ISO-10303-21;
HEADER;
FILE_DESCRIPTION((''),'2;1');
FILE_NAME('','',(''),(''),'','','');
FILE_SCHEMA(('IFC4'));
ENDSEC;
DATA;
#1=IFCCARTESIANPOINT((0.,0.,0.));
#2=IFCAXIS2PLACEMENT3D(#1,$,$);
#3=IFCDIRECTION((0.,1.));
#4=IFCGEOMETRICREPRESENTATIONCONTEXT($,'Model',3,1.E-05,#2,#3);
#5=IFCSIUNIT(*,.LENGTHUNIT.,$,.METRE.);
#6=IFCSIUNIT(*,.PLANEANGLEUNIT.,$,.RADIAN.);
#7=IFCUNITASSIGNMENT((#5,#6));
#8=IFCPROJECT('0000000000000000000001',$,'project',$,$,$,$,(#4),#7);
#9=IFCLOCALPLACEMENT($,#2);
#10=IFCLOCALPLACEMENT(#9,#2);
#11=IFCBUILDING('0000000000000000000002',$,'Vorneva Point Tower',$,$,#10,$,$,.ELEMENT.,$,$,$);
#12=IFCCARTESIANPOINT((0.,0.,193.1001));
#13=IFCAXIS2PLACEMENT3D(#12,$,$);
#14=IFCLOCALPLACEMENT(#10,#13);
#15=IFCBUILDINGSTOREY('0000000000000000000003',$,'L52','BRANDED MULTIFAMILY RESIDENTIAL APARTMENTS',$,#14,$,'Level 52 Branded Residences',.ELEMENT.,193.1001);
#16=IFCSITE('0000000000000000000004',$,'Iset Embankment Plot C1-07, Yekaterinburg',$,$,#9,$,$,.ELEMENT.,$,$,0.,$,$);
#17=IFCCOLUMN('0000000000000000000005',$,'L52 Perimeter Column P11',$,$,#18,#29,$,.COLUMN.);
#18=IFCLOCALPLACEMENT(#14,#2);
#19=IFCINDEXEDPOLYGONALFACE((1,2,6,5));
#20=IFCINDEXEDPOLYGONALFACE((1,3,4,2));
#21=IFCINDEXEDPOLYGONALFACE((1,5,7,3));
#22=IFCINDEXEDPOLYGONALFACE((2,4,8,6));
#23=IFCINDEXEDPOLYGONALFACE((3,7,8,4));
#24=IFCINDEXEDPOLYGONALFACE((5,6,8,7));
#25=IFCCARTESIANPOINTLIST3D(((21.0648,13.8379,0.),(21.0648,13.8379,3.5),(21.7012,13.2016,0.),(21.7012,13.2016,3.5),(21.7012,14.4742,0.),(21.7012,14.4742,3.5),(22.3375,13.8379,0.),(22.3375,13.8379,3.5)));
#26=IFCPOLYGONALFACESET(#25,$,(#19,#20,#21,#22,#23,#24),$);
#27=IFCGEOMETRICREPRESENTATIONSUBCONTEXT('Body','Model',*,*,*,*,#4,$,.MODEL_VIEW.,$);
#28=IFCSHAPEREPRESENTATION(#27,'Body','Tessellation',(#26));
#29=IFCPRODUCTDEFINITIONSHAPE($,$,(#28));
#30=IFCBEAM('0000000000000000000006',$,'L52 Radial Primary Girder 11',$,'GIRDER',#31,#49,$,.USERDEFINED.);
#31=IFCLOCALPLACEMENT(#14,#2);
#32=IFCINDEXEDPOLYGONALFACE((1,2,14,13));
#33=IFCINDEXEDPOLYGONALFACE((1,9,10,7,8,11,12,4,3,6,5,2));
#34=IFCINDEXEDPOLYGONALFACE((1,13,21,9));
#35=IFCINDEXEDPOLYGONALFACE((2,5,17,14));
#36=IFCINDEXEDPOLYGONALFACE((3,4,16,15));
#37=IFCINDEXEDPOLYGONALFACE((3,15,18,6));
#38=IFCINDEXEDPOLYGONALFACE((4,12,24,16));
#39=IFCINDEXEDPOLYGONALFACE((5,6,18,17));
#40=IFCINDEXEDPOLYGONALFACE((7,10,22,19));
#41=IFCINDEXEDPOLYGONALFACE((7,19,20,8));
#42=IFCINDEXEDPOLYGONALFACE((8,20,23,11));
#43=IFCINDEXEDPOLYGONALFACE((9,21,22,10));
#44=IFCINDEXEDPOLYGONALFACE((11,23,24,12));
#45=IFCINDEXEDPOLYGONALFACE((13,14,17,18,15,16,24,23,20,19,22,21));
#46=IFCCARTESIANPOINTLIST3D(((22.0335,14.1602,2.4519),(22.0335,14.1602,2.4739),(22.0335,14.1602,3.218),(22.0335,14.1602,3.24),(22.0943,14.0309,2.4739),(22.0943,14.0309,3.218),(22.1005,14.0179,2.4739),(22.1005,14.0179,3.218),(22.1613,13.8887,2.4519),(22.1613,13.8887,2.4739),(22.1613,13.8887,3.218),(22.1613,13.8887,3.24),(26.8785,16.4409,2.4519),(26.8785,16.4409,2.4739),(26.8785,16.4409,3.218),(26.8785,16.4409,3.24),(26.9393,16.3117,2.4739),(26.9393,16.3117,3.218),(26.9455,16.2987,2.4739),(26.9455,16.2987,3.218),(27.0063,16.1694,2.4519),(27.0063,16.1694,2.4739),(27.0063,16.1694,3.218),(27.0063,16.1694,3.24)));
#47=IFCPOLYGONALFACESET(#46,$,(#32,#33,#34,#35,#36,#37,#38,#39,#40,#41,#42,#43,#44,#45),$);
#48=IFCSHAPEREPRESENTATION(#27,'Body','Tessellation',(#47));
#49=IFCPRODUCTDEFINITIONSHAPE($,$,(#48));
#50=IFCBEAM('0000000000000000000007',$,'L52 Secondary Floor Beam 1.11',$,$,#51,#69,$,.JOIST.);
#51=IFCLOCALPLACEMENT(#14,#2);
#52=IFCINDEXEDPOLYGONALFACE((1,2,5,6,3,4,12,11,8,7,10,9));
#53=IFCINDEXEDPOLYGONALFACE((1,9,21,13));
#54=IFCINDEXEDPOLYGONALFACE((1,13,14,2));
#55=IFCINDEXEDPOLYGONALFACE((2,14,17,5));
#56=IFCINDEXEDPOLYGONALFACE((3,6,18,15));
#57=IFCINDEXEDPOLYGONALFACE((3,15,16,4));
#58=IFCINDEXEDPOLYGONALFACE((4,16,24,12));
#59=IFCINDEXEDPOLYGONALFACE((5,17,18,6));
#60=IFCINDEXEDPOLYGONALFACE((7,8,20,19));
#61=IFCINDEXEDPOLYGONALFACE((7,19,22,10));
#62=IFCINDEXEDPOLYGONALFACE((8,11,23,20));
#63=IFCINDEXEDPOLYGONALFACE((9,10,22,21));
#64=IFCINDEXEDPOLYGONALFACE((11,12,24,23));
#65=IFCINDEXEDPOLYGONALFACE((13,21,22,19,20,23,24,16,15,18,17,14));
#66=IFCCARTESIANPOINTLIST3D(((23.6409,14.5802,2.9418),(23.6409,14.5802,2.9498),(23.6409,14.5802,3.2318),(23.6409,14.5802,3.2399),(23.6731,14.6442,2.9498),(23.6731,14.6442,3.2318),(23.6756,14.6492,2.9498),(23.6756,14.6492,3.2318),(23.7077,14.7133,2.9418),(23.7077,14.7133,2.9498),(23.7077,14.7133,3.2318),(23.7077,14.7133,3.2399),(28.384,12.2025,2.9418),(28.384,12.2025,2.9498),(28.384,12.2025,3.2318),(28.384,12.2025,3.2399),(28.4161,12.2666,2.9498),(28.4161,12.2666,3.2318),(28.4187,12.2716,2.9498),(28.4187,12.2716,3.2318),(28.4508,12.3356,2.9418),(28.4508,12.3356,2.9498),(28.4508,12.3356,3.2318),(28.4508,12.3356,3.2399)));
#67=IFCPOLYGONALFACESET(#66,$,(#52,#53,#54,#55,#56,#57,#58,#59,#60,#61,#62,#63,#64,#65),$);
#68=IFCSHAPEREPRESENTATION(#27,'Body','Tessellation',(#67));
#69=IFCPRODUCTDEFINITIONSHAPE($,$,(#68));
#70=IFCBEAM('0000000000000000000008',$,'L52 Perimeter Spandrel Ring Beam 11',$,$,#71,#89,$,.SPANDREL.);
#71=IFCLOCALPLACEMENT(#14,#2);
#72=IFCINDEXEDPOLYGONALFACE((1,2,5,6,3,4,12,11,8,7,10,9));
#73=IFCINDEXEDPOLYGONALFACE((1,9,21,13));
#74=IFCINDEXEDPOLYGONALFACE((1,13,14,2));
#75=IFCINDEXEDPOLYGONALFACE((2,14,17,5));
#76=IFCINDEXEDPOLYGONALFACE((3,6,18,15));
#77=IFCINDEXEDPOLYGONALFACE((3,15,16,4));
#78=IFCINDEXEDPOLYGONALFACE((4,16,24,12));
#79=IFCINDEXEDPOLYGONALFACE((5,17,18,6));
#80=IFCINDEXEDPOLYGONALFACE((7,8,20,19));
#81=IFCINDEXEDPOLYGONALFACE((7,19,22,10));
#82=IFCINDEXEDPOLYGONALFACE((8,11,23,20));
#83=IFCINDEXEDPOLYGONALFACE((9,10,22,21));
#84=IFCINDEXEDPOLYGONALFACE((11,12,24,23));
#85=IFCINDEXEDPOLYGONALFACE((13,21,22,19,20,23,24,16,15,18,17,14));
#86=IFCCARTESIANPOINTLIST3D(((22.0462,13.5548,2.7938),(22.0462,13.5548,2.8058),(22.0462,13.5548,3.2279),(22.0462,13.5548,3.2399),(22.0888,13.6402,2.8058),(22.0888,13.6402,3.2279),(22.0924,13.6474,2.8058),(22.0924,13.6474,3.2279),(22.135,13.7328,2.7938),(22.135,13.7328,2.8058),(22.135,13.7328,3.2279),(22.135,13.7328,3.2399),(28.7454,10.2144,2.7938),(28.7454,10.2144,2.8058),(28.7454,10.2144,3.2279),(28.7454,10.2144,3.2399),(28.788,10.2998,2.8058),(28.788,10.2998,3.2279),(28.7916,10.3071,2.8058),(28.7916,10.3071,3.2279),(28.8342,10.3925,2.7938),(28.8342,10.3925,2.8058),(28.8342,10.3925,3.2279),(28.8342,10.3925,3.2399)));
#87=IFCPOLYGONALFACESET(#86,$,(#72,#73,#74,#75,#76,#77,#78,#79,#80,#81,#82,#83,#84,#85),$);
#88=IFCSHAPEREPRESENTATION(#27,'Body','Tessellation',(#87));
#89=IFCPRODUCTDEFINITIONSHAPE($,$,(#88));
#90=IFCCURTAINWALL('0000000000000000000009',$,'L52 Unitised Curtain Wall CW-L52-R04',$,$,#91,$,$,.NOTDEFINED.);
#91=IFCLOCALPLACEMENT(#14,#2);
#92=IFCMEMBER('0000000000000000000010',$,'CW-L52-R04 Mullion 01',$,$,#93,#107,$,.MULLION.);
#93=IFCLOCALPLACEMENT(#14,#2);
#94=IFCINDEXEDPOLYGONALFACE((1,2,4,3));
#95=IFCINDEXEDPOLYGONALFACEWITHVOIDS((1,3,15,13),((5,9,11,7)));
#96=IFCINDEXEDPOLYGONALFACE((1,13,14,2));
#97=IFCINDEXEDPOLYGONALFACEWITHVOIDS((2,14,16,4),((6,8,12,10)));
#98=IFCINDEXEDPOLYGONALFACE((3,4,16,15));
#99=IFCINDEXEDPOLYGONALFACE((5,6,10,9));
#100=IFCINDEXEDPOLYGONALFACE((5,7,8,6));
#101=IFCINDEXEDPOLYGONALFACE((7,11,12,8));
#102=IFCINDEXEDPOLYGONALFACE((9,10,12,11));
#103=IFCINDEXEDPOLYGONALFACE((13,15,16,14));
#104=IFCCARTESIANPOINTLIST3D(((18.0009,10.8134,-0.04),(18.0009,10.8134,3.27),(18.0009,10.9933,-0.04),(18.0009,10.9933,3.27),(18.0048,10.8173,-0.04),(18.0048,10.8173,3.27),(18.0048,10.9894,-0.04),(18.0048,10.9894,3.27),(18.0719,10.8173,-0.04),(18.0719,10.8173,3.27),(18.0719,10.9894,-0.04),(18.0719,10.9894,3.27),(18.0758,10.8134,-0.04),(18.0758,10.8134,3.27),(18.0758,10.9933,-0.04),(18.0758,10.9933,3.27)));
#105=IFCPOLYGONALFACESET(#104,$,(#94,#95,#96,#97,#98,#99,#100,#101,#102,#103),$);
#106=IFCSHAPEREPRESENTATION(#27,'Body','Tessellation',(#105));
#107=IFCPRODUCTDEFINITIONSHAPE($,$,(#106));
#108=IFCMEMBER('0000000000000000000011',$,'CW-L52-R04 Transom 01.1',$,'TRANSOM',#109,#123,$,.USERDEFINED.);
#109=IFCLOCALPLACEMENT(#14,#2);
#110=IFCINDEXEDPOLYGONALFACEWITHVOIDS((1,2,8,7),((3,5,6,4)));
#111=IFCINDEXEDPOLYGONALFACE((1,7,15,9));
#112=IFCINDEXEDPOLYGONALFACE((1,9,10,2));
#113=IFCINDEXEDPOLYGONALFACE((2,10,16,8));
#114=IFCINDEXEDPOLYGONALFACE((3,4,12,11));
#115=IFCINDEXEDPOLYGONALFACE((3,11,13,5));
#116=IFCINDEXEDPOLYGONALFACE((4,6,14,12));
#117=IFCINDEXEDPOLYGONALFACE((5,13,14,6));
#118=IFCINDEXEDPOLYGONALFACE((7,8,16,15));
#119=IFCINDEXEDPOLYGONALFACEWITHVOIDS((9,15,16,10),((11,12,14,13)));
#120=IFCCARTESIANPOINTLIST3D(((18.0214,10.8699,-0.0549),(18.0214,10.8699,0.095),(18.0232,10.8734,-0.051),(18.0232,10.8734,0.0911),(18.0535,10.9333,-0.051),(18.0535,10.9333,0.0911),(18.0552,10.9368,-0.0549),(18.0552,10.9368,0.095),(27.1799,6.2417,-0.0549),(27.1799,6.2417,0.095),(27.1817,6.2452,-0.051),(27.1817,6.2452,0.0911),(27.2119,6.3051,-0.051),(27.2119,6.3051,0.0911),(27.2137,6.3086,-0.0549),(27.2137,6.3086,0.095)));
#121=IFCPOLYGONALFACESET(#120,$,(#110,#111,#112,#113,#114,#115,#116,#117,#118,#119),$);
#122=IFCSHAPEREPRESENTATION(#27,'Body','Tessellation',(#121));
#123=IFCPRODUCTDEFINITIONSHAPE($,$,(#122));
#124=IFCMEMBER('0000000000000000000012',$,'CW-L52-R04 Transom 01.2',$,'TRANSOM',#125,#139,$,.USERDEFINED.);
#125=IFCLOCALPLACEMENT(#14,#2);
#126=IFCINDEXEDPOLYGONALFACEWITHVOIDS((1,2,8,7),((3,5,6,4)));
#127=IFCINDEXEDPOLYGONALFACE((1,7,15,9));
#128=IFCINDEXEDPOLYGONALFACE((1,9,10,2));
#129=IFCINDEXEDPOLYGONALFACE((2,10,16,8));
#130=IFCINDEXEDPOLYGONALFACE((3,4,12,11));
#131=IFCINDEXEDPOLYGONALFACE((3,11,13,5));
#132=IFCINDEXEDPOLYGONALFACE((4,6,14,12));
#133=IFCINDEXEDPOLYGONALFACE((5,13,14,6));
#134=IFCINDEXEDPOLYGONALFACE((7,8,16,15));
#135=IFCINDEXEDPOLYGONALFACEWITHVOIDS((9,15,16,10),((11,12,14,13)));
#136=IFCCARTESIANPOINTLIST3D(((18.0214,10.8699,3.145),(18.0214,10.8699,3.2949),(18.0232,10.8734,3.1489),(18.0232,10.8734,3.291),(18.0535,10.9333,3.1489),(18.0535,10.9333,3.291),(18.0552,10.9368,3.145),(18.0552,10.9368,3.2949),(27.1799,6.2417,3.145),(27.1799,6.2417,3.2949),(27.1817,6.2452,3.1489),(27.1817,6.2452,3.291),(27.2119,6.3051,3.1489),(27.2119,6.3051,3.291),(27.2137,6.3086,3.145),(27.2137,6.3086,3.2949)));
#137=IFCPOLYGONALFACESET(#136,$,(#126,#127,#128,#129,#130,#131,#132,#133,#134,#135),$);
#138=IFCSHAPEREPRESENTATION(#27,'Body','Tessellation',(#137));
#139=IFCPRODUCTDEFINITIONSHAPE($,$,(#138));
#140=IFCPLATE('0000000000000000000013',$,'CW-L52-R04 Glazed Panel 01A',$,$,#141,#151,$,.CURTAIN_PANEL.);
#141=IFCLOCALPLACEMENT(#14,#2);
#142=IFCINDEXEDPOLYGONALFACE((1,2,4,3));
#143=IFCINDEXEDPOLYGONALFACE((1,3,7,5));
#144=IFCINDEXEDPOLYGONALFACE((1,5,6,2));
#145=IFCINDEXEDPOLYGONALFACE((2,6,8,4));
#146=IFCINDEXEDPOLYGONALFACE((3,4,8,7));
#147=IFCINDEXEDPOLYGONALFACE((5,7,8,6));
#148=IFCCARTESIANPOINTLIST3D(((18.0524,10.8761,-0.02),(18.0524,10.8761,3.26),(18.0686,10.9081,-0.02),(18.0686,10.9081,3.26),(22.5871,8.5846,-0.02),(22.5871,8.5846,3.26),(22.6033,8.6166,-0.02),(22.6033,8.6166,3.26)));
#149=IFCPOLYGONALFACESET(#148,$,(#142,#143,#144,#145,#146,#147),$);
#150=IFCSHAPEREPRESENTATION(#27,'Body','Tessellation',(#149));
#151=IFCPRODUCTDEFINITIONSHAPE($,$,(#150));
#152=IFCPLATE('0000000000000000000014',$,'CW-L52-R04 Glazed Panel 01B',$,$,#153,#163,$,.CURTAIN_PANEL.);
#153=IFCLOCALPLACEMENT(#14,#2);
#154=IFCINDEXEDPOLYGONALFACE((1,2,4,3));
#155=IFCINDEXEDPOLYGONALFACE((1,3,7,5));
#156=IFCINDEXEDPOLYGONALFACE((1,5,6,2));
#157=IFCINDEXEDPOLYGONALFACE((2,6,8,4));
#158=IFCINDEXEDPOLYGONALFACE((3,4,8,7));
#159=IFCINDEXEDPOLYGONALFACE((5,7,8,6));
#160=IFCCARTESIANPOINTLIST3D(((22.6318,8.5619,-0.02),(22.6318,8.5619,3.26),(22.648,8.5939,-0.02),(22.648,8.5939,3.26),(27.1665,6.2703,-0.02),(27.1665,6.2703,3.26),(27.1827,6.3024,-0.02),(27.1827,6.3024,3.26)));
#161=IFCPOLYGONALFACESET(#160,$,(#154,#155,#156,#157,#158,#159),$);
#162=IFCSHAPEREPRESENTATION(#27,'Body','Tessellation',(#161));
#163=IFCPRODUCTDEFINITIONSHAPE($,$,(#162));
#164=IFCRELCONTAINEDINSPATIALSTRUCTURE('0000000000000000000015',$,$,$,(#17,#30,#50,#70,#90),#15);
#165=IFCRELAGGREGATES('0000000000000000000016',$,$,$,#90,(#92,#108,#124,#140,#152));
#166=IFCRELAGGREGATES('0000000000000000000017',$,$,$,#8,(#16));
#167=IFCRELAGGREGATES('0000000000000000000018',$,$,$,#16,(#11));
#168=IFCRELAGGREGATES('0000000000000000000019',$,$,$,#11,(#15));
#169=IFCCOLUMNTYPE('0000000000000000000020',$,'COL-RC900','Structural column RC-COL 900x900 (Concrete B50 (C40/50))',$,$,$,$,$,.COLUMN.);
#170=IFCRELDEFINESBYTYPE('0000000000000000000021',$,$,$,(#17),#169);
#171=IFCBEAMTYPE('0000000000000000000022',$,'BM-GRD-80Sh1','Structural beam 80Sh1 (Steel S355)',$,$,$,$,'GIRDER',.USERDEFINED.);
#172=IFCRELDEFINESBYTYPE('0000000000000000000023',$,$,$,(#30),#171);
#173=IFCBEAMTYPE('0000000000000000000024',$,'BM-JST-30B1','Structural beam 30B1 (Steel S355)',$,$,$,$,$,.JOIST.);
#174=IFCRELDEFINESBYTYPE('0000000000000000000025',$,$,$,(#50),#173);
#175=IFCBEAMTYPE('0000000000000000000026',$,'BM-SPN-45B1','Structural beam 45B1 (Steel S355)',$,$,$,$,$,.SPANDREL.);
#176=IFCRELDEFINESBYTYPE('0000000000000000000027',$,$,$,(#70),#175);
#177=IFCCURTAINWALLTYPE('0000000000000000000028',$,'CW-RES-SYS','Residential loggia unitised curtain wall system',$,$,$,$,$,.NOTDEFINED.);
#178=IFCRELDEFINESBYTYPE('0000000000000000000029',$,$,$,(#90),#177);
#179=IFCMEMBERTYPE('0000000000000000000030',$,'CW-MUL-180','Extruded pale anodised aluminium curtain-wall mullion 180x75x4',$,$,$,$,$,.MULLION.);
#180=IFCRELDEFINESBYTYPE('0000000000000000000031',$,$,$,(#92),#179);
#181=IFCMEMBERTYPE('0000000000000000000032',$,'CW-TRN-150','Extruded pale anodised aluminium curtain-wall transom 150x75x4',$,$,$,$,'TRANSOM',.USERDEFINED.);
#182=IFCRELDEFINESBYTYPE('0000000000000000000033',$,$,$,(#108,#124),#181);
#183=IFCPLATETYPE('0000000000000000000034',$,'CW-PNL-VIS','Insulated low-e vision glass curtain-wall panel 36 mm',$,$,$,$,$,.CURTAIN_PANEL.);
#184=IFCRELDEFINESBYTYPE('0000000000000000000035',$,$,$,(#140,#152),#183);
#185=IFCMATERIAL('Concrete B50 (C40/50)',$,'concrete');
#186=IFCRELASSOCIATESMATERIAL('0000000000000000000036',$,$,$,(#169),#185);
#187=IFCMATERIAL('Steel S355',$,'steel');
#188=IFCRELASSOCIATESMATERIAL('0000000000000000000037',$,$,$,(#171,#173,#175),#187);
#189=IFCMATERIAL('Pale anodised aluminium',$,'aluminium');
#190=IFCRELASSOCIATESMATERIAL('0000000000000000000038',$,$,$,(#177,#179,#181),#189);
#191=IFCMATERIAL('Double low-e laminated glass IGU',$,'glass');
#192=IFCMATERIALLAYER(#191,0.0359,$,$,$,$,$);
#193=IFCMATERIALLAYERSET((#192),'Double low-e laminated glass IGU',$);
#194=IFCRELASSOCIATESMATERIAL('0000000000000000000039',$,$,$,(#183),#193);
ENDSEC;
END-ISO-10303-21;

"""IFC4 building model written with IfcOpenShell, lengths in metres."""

from ifc_helpers import new_model, si_unit, direction, frame, origin, origin_2d, place, context, subcontext, project, spatial, rectangle, hollow_rectangle, i_section, extrude, material, layer, layer_set, material_profile, profile_set, type_object, element, aggregate, save


model = new_model("IFC4")

# Units and contexts
model_context = context("Model", 3, precision=1e-05, world=origin(), true_north=direction((0.0, 1.0)))
body_context = subcontext(model_context, "Body", "Model", "MODEL_VIEW")
ifc_project = project(units=[si_unit("LENGTHUNIT", "METRE"), si_unit("PLANEANGLEUNIT", "RADIAN")], contexts=[model_context])

# Site, building, storey
site_placement = place(None, origin())
site = spatial("IfcSite", under=ifc_project, at=site_placement, Name="Iset Embankment Plot C1-07, Yekaterinburg", CompositionType="ELEMENT", RefElevation=0.0)
building_placement = place(site_placement, origin())
building = spatial("IfcBuilding", under=site, at=building_placement, Name="Vorneva Point Tower", CompositionType="ELEMENT")
storey_placement = place(building_placement, frame((0.0, 0.0, 193.1001)))
storey = spatial("IfcBuildingStorey", under=building, at=storey_placement, Name="L52", Description="BRANDED MULTIFAMILY RESIDENTIAL APARTMENTS", LongName="Level 52 Branded Residences", CompositionType="ELEMENT", Elevation=193.1001)

# Column
ifc_material_1 = material(Name="Concrete B50 (C40/50)", Category="concrete")
ifc_material_profile_1 = material_profile(ifc_material_1, rectangle(XDim=0.8999, YDim=0.8999, at=origin_2d()), Name="RC-COL 900x900")
ifc_profile_set_1 = profile_set([ifc_material_profile_1], Name="Concrete B50 (C40/50)")
column_type = type_object("IfcColumnType", Name="COL-RC900", Description="Structural column RC-COL 900x900 (Concrete B50 (C40/50))", PredefinedType="COLUMN", material=ifc_profile_set_1)
column_placement = place(storey_placement, frame((21.7012, 13.8379, 0.0), z_axis=(0.0, 0.0, 1.0), x_axis=(-0.707107, -0.707107, 0.0)))
element("IfcColumn", 1, at=column_placement, inside=storey, type_object=column_type, Name="L52 Perimeter Column P11", PredefinedType="COLUMN", context=body_context, shape_type="SweptSolid", body=[
    extrude(rectangle(XDim=0.8999, YDim=0.8999, at=origin_2d()), origin(), (0.0, 0.0, 1.0), 3.5),
])

# Beams
ifc_material_2 = material(Name="Steel S355", Category="steel")
ifc_material_profile_2 = material_profile(ifc_material_2, i_section(OverallWidth=0.3, OverallDepth=0.7881, WebThickness=0.0144, FlangeThickness=0.022, at=origin_2d()), Name="80Sh1")
ifc_profile_set_2 = profile_set([ifc_material_profile_2], Name="Steel S355")
beam_type_1 = type_object("IfcBeamType", Name="BM-GRD-80Sh1", Description="Structural beam 80Sh1 (Steel S355)", ElementType="GIRDER", PredefinedType="USERDEFINED", material=ifc_profile_set_2)
beam_1_placement = place(storey_placement, frame((22.0974, 14.0244, 2.8459), z_axis=(0.904763, 0.425916, 0.0), x_axis=(-0.425916, 0.904763, 0.0)))
element("IfcBeam", 2, at=beam_1_placement, inside=storey, type_object=beam_type_1, Name="L52 Radial Primary Girder 11", ObjectType="GIRDER", PredefinedType="USERDEFINED", context=body_context, shape_type="SweptSolid", body=[
    extrude(i_section(OverallWidth=0.3, OverallDepth=0.7881, WebThickness=0.0144, FlangeThickness=0.022, at=origin_2d()), origin(), (0.0, 0.0, 1.0), 5.355),
])
ifc_material_profile_3 = material_profile(ifc_material_2, i_section(OverallWidth=0.1489, OverallDepth=0.2981, WebThickness=0.0056, FlangeThickness=0.0081, at=origin_2d()), Name="30B1")
ifc_profile_set_3 = profile_set([ifc_material_profile_3], Name="Steel S355")
beam_type_2 = type_object("IfcBeamType", Name="BM-JST-30B1", Description="Structural beam 30B1 (Steel S355)", PredefinedType="JOIST", material=ifc_profile_set_3)
beam_2_placement = place(storey_placement, frame((23.6743, 14.6467, 3.0908), z_axis=(0.893967, -0.448134, 0.0), x_axis=(0.448134, 0.893967, 0.0)))
element("IfcBeam", 3, at=beam_2_placement, inside=storey, type_object=beam_type_2, Name="L52 Secondary Floor Beam 1.11", PredefinedType="JOIST", context=body_context, shape_type="SweptSolid", body=[
    extrude(i_section(OverallWidth=0.1489, OverallDepth=0.2981, WebThickness=0.0056, FlangeThickness=0.0081, at=origin_2d()), origin(), (0.0, 0.0, 1.0), 5.3057),
])
ifc_material_profile_4 = material_profile(ifc_material_2, i_section(OverallWidth=0.199, OverallDepth=0.446, WebThickness=0.0081, FlangeThickness=0.012, at=origin_2d()), Name="45B1")
ifc_profile_set_4 = profile_set([ifc_material_profile_4], Name="Steel S355")
beam_type_3 = type_object("IfcBeamType", Name="BM-SPN-45B1", Description="Structural beam 45B1 (Steel S355)", PredefinedType="SPANDREL", material=ifc_profile_set_4)
beam_3_placement = place(storey_placement, frame((22.0906, 13.6438, 3.0168), z_axis=(0.894922, -0.446222, 0.0), x_axis=(0.446222, 0.894922, 0.0)))
element("IfcBeam", 4, at=beam_3_placement, inside=storey, type_object=beam_type_3, Name="L52 Perimeter Spandrel Ring Beam 11", PredefinedType="SPANDREL", context=body_context, shape_type="SweptSolid", body=[
    extrude(i_section(OverallWidth=0.199, OverallDepth=0.446, WebThickness=0.0081, FlangeThickness=0.012, at=origin_2d()), origin(), (0.0, 0.0, 1.0), 7.4858),
])

# Curtain wall, members, plates
ifc_material_3 = material(Name="Pale anodised aluminium", Category="aluminium")
curtain_wall_type = type_object("IfcCurtainWallType", Name="CW-RES-SYS", Description="Residential loggia unitised curtain wall system", PredefinedType="NOTDEFINED", material=ifc_material_3)
curtain_wall_placement = place(storey_placement, origin())
curtain_wall = element("IfcCurtainWall", 5, at=curtain_wall_placement, inside=storey, type_object=curtain_wall_type, Name="L52 Unitised Curtain Wall CW-L52-R04", PredefinedType="NOTDEFINED")
ifc_material_profile_5 = material_profile(ifc_material_3, hollow_rectangle(XDim=0.075, YDim=0.1799, WallThickness=0.0039, at=origin_2d()), Name="AL-MUL 180x75x4")
ifc_profile_set_5 = profile_set([ifc_material_profile_5], Name="Pale anodised aluminium")
member_type_1 = type_object("IfcMemberType", Name="CW-MUL-180", Description="Extruded pale anodised aluminium curtain-wall mullion 180x75x4", PredefinedType="MULLION", material=ifc_profile_set_5)
member_1_placement = place(storey_placement, frame((18.0383, 10.9033, -0.04), z_axis=(0.0, 0.0, 1.0), x_axis=(1.0, 0.0, 0.0)))
member_1 = element("IfcMember", 6, at=member_1_placement, type_object=member_type_1, Name="CW-L52-R04 Mullion 01", PredefinedType="MULLION", context=body_context, shape_type="SweptSolid", body=[
    extrude(hollow_rectangle(XDim=0.075, YDim=0.1799, WallThickness=0.0039, at=origin_2d()), origin(), (0.0, 0.0, 1.0), 3.3101),
])
ifc_material_profile_6 = material_profile(ifc_material_3, hollow_rectangle(XDim=0.075, YDim=0.1499, WallThickness=0.0039, at=origin_2d()), Name="AL-TRN 150x75x4")
ifc_profile_set_6 = profile_set([ifc_material_profile_6], Name="Pale anodised aluminium")
member_type_2 = type_object("IfcMemberType", Name="CW-TRN-150", Description="Extruded pale anodised aluminium curtain-wall transom 150x75x4", ElementType="TRANSOM", PredefinedType="USERDEFINED", material=ifc_profile_set_6)
member_2_placement = place(storey_placement, frame((18.0383, 10.9033, 0.02), z_axis=(0.892511, -0.451026, 0.0), x_axis=(0.451026, 0.892511, 0.0)))
member_2 = element("IfcMember", 7, at=member_2_placement, type_object=member_type_2, Name="CW-L52-R04 Transom 01.1", ObjectType="TRANSOM", PredefinedType="USERDEFINED", context=body_context, shape_type="SweptSolid", body=[
    extrude(hollow_rectangle(XDim=0.075, YDim=0.1499, WallThickness=0.0039, at=origin_2d()), origin(), (0.0, 0.0, 1.0), 10.2615),
])
member_3_placement = place(storey_placement, frame((18.0383, 10.9033, 3.22), z_axis=(0.892511, -0.451026, 0.0), x_axis=(0.451026, 0.892511, 0.0)))
member_3 = element("IfcMember", 8, at=member_3_placement, type_object=member_type_2, Name="CW-L52-R04 Transom 01.2", ObjectType="TRANSOM", PredefinedType="USERDEFINED", context=body_context, shape_type="SweptSolid", body=[
    extrude(hollow_rectangle(XDim=0.075, YDim=0.1499, WallThickness=0.0039, at=origin_2d()), origin(), (0.0, 0.0, 1.0), 10.2615),
])
ifc_material_4 = material(Name="Double low-e laminated glass IGU", Category="glass")
ifc_layer_1 = layer(ifc_material_4, 0.0359)
ifc_layer_set_1 = layer_set([ifc_layer_1], Name="Double low-e laminated glass IGU")
plate_type = type_object("IfcPlateType", Name="CW-PNL-VIS", Description="Insulated low-e vision glass curtain-wall panel 36 mm", PredefinedType="CURTAIN_PANEL", material=ifc_layer_set_1)
plate_1_placement = place(storey_placement, frame((20.3279, 9.7463, -0.02), z_axis=(0.0, 0.0, 1.0), x_axis=(0.892515, -0.451018, 0.0)))
plate_1 = element("IfcPlate", 9, at=plate_1_placement, type_object=plate_type, Name="CW-L52-R04 Glazed Panel 01A", PredefinedType="CURTAIN_PANEL", context=body_context, shape_type="SweptSolid", body=[
    extrude(rectangle(XDim=5.0808, YDim=0.0359, at=origin_2d()), origin(), (0.0, 0.0, 1.0), 3.28),
])
plate_2_placement = place(storey_placement, frame((24.9072, 7.4321, -0.02), z_axis=(0.0, 0.0, 1.0), x_axis=(0.892515, -0.451018, 0.0)))
plate_2 = element("IfcPlate", 10, at=plate_2_placement, type_object=plate_type, Name="CW-L52-R04 Glazed Panel 01B", PredefinedType="CURTAIN_PANEL", context=body_context, shape_type="SweptSolid", body=[
    extrude(rectangle(XDim=5.0808, YDim=0.0359, at=origin_2d()), origin(), (0.0, 0.0, 1.0), 3.28),
])
aggregate(curtain_wall, [member_1, member_2, member_3, plate_1, plate_2])

save(model, "model.ifc")
